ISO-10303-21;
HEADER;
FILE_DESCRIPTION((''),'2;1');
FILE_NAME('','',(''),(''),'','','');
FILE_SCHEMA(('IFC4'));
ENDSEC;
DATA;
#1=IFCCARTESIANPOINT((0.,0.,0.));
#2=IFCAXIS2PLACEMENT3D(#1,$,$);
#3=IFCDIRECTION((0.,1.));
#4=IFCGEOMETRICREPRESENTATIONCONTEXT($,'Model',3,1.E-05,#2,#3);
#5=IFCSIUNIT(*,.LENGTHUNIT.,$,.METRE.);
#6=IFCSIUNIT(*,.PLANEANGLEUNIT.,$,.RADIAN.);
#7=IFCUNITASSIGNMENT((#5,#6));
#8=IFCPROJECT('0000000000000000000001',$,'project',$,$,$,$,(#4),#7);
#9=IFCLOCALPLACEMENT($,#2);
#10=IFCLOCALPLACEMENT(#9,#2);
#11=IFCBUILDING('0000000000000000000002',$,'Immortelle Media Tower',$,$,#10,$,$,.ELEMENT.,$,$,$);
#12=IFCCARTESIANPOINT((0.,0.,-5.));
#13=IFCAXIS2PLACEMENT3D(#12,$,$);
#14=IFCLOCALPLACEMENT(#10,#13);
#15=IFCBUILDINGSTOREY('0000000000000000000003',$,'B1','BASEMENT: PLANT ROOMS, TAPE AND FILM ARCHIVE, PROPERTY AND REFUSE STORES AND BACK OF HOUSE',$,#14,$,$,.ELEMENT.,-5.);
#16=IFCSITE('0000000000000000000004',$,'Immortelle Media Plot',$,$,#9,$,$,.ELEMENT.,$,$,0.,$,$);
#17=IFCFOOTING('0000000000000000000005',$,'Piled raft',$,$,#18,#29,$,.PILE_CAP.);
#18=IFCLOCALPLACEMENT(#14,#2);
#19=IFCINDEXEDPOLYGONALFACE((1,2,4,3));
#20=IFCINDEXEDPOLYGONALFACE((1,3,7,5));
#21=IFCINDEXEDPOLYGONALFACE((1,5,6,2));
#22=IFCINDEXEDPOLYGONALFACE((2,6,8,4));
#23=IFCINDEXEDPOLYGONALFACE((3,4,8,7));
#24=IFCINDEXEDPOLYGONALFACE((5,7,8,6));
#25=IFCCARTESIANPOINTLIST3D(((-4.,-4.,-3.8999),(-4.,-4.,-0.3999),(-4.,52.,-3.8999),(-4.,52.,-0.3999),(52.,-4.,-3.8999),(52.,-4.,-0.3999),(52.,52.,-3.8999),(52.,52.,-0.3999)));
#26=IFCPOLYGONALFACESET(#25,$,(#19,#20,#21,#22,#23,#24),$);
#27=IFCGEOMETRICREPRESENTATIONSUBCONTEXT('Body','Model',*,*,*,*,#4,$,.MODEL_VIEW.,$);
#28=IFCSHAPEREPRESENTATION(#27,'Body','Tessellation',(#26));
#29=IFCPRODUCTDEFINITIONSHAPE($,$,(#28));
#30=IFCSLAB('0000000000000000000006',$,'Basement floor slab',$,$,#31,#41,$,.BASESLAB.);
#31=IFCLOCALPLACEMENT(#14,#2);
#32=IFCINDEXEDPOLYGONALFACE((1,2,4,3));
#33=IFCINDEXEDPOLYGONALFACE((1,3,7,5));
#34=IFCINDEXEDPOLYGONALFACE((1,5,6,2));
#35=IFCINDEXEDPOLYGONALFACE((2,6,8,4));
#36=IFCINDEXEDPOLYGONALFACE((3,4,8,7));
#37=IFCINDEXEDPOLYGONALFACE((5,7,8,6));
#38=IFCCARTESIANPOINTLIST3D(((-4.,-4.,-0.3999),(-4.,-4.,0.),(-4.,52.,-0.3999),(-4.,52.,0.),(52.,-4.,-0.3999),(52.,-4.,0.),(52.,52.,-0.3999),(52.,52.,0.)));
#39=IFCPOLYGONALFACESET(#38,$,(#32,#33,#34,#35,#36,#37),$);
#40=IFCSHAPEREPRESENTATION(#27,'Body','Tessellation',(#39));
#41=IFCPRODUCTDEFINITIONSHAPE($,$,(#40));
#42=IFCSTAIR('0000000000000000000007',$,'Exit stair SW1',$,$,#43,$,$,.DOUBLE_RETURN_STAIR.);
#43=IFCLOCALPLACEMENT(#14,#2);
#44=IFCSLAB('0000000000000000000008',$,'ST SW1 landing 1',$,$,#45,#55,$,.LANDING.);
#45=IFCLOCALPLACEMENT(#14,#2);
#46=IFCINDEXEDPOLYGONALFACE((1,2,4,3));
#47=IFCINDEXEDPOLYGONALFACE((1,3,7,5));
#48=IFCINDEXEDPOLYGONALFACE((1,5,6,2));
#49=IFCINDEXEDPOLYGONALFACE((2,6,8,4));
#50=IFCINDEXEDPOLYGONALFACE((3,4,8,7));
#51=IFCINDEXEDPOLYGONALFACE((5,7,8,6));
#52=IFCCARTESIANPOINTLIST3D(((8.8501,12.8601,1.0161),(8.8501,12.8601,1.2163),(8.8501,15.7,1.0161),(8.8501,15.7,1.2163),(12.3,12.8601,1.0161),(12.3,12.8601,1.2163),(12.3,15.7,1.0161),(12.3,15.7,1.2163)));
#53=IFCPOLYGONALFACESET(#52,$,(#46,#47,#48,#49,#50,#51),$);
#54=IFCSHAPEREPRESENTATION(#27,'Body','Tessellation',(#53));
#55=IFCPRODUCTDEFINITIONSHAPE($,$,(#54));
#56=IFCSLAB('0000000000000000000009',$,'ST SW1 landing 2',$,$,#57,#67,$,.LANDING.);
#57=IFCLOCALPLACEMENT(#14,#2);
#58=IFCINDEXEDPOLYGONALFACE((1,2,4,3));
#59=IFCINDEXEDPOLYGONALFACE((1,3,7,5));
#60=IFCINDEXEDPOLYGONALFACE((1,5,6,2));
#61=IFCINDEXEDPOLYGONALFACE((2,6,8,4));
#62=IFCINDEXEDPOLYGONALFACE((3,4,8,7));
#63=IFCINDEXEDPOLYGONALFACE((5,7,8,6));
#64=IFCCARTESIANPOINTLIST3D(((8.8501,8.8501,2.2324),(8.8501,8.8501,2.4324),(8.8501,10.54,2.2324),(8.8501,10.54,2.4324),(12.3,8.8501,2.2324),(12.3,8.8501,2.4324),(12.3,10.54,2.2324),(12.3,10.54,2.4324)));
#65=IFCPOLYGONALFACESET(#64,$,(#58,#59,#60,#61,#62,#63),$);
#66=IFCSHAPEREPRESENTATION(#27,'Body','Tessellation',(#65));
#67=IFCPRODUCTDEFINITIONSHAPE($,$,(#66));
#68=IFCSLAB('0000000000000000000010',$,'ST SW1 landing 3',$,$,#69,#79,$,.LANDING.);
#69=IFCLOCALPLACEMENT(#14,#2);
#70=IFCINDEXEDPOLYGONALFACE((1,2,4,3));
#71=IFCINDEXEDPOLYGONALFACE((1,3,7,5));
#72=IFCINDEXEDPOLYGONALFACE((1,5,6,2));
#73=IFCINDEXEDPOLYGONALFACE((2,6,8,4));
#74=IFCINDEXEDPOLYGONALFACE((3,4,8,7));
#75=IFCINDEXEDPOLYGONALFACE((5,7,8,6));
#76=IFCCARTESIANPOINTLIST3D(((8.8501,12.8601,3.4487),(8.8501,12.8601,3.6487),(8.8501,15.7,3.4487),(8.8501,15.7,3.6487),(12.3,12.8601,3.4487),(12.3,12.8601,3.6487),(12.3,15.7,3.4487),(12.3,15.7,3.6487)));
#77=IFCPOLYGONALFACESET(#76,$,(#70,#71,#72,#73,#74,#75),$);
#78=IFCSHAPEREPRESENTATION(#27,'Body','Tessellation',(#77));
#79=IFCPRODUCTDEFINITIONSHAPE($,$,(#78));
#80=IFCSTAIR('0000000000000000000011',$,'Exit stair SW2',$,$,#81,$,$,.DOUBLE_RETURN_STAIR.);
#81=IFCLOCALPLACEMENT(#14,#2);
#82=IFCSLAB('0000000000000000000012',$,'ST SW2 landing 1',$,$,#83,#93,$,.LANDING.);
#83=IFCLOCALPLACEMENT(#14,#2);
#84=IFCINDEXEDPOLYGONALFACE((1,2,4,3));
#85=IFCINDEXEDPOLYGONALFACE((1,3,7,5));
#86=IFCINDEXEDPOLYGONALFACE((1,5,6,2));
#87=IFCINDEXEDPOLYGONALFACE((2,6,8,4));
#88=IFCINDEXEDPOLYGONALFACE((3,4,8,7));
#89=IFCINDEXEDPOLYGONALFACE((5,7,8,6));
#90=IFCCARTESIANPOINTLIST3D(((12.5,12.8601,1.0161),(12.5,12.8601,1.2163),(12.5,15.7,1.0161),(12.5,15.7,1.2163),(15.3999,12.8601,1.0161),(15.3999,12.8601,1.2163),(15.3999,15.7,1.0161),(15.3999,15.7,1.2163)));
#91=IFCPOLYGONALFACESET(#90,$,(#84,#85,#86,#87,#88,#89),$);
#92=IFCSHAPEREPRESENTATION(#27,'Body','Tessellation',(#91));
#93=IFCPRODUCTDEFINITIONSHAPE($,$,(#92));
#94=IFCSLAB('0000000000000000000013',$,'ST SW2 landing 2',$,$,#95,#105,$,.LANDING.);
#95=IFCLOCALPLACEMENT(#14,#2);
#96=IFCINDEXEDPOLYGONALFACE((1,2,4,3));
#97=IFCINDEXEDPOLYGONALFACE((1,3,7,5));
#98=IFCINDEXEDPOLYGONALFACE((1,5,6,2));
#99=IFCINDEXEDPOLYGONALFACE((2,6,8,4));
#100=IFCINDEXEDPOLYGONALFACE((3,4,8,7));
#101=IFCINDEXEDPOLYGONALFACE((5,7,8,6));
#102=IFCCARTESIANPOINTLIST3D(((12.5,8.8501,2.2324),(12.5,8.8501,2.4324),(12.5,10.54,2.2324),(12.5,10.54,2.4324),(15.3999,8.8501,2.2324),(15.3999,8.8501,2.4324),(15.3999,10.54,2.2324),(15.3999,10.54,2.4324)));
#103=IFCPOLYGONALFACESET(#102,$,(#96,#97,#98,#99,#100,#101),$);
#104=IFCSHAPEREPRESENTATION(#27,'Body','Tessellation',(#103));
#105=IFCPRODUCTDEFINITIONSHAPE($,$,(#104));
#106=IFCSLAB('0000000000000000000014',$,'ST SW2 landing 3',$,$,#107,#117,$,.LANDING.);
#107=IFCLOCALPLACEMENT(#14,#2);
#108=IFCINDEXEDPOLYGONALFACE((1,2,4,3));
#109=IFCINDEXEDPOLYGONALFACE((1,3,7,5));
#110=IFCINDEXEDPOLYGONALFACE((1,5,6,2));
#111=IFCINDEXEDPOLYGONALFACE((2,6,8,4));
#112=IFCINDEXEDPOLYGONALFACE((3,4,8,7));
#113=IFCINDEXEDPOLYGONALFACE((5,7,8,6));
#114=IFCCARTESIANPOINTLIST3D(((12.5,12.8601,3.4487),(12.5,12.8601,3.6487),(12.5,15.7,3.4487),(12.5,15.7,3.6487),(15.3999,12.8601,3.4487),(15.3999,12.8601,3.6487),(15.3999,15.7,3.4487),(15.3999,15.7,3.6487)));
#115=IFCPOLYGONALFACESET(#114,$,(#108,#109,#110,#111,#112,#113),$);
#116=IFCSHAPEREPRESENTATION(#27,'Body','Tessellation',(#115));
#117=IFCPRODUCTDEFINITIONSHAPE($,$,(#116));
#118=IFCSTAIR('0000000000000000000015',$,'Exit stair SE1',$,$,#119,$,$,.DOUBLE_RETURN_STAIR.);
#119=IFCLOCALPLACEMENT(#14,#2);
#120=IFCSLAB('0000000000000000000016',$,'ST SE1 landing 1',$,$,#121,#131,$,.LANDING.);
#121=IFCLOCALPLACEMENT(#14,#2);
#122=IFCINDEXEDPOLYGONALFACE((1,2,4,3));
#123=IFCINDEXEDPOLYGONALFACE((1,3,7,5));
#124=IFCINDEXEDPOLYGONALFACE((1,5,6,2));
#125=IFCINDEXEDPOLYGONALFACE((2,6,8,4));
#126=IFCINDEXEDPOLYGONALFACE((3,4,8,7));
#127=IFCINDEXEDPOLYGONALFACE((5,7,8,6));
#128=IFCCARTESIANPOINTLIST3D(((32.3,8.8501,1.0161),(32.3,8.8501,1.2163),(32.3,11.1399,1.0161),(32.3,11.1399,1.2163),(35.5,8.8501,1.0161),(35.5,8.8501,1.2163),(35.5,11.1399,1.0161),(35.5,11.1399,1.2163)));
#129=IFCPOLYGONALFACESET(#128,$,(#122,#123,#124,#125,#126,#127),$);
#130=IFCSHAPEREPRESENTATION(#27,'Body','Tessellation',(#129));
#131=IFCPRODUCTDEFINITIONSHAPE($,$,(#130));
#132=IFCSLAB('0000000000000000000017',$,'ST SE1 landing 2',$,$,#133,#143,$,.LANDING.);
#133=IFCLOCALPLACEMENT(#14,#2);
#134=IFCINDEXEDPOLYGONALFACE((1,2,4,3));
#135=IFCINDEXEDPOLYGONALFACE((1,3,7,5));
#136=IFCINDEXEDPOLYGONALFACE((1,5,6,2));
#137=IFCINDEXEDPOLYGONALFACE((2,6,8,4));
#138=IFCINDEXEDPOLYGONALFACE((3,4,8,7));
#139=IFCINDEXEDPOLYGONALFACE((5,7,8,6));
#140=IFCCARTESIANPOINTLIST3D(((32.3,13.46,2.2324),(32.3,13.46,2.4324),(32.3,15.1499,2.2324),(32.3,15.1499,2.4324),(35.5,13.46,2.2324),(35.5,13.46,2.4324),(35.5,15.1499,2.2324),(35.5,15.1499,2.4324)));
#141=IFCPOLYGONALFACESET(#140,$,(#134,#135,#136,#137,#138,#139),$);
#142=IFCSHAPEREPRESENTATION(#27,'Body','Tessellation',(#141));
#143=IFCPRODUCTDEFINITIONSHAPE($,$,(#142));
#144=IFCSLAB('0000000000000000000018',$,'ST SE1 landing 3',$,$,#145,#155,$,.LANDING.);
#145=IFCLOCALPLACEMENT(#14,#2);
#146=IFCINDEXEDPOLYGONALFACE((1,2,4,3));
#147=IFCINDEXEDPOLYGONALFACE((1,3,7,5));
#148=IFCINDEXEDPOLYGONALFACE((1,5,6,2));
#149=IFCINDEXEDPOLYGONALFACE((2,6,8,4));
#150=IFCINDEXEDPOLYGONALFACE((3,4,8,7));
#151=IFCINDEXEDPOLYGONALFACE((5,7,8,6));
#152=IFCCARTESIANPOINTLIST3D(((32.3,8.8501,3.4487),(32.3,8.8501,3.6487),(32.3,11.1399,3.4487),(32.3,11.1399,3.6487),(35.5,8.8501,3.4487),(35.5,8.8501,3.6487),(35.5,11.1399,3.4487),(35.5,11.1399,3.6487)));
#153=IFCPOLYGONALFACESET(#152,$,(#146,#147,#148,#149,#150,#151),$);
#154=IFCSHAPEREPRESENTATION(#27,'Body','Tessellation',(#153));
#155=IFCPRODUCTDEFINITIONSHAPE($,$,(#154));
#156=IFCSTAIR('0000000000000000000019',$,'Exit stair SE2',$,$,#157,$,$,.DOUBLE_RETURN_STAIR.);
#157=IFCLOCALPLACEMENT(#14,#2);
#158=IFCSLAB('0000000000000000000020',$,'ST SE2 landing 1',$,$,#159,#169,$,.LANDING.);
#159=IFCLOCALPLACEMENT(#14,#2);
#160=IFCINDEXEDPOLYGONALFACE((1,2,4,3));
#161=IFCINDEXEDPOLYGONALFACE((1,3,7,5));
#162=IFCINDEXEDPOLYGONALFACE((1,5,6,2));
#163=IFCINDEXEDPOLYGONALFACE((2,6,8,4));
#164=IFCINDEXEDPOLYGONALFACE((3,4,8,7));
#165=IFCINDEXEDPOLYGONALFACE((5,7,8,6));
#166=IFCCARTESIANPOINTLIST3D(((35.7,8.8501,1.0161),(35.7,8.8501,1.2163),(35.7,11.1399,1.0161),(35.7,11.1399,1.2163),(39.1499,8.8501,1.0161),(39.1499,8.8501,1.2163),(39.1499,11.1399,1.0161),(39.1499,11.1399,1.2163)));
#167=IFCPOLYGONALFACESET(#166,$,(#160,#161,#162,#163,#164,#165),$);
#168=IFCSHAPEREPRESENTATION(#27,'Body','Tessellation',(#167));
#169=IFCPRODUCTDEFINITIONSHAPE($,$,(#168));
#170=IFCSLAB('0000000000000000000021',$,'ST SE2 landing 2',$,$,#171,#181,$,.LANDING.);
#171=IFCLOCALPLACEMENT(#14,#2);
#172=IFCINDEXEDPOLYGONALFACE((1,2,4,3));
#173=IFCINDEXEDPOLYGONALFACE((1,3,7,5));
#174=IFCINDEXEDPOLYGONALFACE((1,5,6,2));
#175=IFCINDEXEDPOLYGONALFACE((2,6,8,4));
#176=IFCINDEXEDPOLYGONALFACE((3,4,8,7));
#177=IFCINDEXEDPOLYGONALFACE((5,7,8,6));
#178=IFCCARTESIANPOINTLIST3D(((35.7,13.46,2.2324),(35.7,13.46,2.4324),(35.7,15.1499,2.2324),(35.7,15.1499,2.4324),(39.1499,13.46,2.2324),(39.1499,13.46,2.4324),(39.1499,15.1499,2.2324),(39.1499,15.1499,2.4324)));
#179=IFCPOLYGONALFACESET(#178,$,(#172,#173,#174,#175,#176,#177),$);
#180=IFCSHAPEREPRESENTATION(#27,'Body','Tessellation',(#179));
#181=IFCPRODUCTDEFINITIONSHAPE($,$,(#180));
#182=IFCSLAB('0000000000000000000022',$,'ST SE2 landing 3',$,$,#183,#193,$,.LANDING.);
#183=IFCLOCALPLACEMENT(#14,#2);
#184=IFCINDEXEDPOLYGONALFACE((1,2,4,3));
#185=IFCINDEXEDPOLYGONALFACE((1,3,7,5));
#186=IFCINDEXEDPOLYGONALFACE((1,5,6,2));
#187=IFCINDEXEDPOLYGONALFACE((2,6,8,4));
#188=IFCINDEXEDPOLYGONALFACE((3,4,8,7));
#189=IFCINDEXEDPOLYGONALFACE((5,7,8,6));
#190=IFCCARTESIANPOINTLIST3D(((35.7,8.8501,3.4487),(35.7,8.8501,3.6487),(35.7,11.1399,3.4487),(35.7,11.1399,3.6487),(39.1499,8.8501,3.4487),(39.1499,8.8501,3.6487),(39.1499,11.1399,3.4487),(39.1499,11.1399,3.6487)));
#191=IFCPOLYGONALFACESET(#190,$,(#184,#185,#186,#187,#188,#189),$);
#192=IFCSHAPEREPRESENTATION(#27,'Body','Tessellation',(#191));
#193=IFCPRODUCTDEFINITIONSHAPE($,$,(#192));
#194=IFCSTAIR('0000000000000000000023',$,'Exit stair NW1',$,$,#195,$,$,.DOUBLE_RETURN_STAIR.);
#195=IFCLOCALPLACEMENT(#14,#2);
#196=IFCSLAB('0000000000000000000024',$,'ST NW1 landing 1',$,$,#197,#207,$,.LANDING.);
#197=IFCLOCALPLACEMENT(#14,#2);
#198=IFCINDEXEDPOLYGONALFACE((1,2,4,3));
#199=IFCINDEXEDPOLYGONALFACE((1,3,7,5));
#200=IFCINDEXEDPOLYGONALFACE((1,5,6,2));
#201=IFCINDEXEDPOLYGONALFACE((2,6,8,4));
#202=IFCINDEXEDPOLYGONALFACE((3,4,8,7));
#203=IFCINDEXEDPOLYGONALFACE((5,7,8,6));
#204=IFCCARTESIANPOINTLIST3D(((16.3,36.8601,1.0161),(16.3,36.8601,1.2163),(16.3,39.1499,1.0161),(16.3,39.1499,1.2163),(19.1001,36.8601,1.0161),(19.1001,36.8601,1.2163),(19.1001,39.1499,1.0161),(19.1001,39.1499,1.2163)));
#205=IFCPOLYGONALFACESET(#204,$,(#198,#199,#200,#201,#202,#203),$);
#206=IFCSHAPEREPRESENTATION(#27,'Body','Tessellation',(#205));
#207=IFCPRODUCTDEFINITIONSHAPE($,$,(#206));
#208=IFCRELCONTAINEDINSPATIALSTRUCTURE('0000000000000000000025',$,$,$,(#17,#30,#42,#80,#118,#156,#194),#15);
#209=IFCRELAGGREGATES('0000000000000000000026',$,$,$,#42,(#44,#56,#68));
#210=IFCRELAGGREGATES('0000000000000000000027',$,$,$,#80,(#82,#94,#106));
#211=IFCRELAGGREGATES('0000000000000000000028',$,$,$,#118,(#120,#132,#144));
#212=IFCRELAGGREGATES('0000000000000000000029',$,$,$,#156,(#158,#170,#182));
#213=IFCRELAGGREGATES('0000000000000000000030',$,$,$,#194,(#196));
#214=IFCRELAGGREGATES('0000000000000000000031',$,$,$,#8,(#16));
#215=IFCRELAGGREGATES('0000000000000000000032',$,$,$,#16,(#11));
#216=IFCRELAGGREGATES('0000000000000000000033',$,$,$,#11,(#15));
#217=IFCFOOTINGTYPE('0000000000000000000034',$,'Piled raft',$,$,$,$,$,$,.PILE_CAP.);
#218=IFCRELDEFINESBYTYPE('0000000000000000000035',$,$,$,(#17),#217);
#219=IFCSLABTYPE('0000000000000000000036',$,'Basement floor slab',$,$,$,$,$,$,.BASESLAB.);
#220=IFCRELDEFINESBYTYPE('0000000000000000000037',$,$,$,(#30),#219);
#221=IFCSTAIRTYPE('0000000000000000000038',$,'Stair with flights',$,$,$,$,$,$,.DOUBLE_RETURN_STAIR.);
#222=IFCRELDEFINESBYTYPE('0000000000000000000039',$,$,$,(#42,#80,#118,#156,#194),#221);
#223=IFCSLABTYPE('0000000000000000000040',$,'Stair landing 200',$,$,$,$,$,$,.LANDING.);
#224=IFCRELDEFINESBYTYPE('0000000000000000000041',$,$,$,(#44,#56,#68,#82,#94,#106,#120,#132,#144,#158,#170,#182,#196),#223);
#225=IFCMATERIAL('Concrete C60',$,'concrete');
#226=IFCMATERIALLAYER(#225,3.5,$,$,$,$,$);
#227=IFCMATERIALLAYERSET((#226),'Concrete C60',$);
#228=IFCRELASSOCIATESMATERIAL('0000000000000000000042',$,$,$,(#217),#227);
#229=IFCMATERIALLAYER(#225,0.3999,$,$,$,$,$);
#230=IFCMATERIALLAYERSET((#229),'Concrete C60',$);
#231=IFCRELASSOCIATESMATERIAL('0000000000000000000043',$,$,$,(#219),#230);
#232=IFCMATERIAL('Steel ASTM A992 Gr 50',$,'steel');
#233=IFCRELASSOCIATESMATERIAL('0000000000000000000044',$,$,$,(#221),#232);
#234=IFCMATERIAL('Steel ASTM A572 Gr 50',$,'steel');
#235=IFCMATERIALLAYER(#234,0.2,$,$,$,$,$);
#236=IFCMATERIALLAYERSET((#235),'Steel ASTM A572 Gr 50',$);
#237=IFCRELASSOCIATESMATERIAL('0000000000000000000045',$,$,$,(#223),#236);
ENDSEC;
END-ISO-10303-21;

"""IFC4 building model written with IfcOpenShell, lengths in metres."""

from ifc_helpers import new_model, si_unit, direction, frame, origin, place, context, subcontext, project, spatial, polyline, outline, extrude, material, layer, layer_set, type_object, element, aggregate, save


model = new_model("IFC4")

# Units and contexts
model_context = context("Model", 3, precision=1e-05, world=origin(), true_north=direction((0.0, 1.0)))
body_context = subcontext(model_context, "Body", "Model", "MODEL_VIEW")
ifc_project = project(units=[si_unit("LENGTHUNIT", "METRE"), si_unit("PLANEANGLEUNIT", "RADIAN")], contexts=[model_context])

# Site, building, storey
site_placement = place(None, origin())
site = spatial("IfcSite", under=ifc_project, at=site_placement, Name="Immortelle Media Plot", CompositionType="ELEMENT", RefElevation=0.0)
building_placement = place(site_placement, origin())
building = spatial("IfcBuilding", under=site, at=building_placement, Name="Immortelle Media Tower", CompositionType="ELEMENT")
storey_placement = place(building_placement, frame((0.0, 0.0, -5.0)))
storey = spatial("IfcBuildingStorey", under=building, at=storey_placement, Name="B1", Description="BASEMENT: PLANT ROOMS, TAPE AND FILM ARCHIVE, PROPERTY AND REFUSE STORES AND BACK OF HOUSE", CompositionType="ELEMENT", Elevation=-5.0)

# Footing
ifc_material_1 = material(Name="Concrete C60", Category="concrete")
ifc_layer_1 = layer(ifc_material_1, 3.5)
ifc_layer_set_1 = layer_set([ifc_layer_1], Name="Concrete C60")
footing_type = type_object("IfcFootingType", Name="Piled raft", PredefinedType="PILE_CAP", material=ifc_layer_set_1)
footing_placement = place(storey_placement, frame((0.0, 0.0, -3.8999)))
element("IfcFooting", 1, at=footing_placement, inside=storey, type_object=footing_type, Name="Piled raft", PredefinedType="PILE_CAP", context=body_context, shape_type="SweptSolid", body=[
    extrude(outline(polyline([(52.0, -4.0), (52.0, 52.0), (-4.0, 52.0), (-4.0, -4.0), (52.0, -4.0)])), origin(), (0.0, 0.0, 1.0), 3.5),
])

# Slab
ifc_layer_2 = layer(ifc_material_1, 0.3999)
ifc_layer_set_2 = layer_set([ifc_layer_2], Name="Concrete C60")
slab_type_1 = type_object("IfcSlabType", Name="Basement floor slab", PredefinedType="BASESLAB", material=ifc_layer_set_2)
slab_1_placement = place(storey_placement, frame((0.0, 0.0, -0.3999)))
element("IfcSlab", 2, at=slab_1_placement, inside=storey, type_object=slab_type_1, Name="Basement floor slab", PredefinedType="BASESLAB", context=body_context, shape_type="SweptSolid", body=[
    extrude(outline(polyline([(52.0, -4.0), (52.0, 52.0), (-4.0, 52.0), (-4.0, -4.0), (52.0, -4.0)])), origin(), (0.0, 0.0, 1.0), 0.3999),
])

# Stairs, slabs
ifc_material_2 = material(Name="Steel ASTM A992 Gr 50", Category="steel")
stair_type = type_object("IfcStairType", Name="Stair with flights", PredefinedType="DOUBLE_RETURN_STAIR", material=ifc_material_2)
stair_1_placement = place(storey_placement, origin())
stair_1 = element("IfcStair", 3, at=stair_1_placement, inside=storey, type_object=stair_type, Name="Exit stair SW1", PredefinedType="DOUBLE_RETURN_STAIR")
ifc_material_3 = material(Name="Steel ASTM A572 Gr 50", Category="steel")
ifc_layer_3 = layer(ifc_material_3, 0.2)
ifc_layer_set_3 = layer_set([ifc_layer_3], Name="Steel ASTM A572 Gr 50")
slab_type_2 = type_object("IfcSlabType", Name="Stair landing 200", PredefinedType="LANDING", material=ifc_layer_set_3)
slab_2_placement = place(storey_placement, frame((0.0, 0.0, 1.0161)))
slab_2 = element("IfcSlab", 4, at=slab_2_placement, type_object=slab_type_2, Name="ST SW1 landing 1", PredefinedType="LANDING", context=body_context, shape_type="SweptSolid", body=[
    extrude(outline(polyline([(8.8501, 12.8601), (12.3, 12.8601), (12.3, 15.7), (8.8501, 15.7), (8.8501, 12.8601)])), origin(), (0.0, 0.0, 1.0), 0.2002),
])
slab_3_placement = place(storey_placement, frame((0.0, 0.0, 2.2324)))
slab_3 = element("IfcSlab", 5, at=slab_3_placement, type_object=slab_type_2, Name="ST SW1 landing 2", PredefinedType="LANDING", context=body_context, shape_type="SweptSolid", body=[
    extrude(outline(polyline([(8.8501, 8.8501), (12.3, 8.8501), (12.3, 10.54), (8.8501, 10.54), (8.8501, 8.8501)])), origin(), (0.0, 0.0, 1.0), 0.2),
])
slab_4_placement = place(storey_placement, frame((0.0, 0.0, 3.4487)))
slab_4 = element("IfcSlab", 6, at=slab_4_placement, type_object=slab_type_2, Name="ST SW1 landing 3", PredefinedType="LANDING", context=body_context, shape_type="SweptSolid", body=[
    extrude(outline(polyline([(8.8501, 12.8601), (12.3, 12.8601), (12.3, 15.7), (8.8501, 15.7), (8.8501, 12.8601)])), origin(), (0.0, 0.0, 1.0), 0.2),
])
aggregate(stair_1, [slab_2, slab_3, slab_4])
stair_2_placement = place(storey_placement, origin())
stair_2 = element("IfcStair", 7, at=stair_2_placement, inside=storey, type_object=stair_type, Name="Exit stair SW2", PredefinedType="DOUBLE_RETURN_STAIR")
slab_5_placement = place(storey_placement, frame((0.0, 0.0, 1.0161)))
slab_5 = element("IfcSlab", 8, at=slab_5_placement, type_object=slab_type_2, Name="ST SW2 landing 1", PredefinedType="LANDING", context=body_context, shape_type="SweptSolid", body=[
    extrude(outline(polyline([(12.5, 12.8601), (15.3999, 12.8601), (15.3999, 15.7), (12.5, 15.7), (12.5, 12.8601)])), origin(), (0.0, 0.0, 1.0), 0.2002),
])
slab_6_placement = place(storey_placement, frame((0.0, 0.0, 2.2324)))
slab_6 = element("IfcSlab", 9, at=slab_6_placement, type_object=slab_type_2, Name="ST SW2 landing 2", PredefinedType="LANDING", context=body_context, shape_type="SweptSolid", body=[
    extrude(outline(polyline([(12.5, 8.8501), (15.3999, 8.8501), (15.3999, 10.54), (12.5, 10.54), (12.5, 8.8501)])), origin(), (0.0, 0.0, 1.0), 0.2),
])
slab_7_placement = place(storey_placement, frame((0.0, 0.0, 3.4487)))
slab_7 = element("IfcSlab", 10, at=slab_7_placement, type_object=slab_type_2, Name="ST SW2 landing 3", PredefinedType="LANDING", context=body_context, shape_type="SweptSolid", body=[
    extrude(outline(polyline([(12.5, 12.8601), (15.3999, 12.8601), (15.3999, 15.7), (12.5, 15.7), (12.5, 12.8601)])), origin(), (0.0, 0.0, 1.0), 0.2),
])
aggregate(stair_2, [slab_5, slab_6, slab_7])
stair_3_placement = place(storey_placement, origin())
stair_3 = element("IfcStair", 11, at=stair_3_placement, inside=storey, type_object=stair_type, Name="Exit stair SE1", PredefinedType="DOUBLE_RETURN_STAIR")
slab_8_placement = place(storey_placement, frame((0.0, 0.0, 1.0161)))
slab_8 = element("IfcSlab", 12, at=slab_8_placement, type_object=slab_type_2, Name="ST SE1 landing 1", PredefinedType="LANDING", context=body_context, shape_type="SweptSolid", body=[
    extrude(outline(polyline([(32.3, 8.8501), (35.5, 8.8501), (35.5, 11.1399), (32.3, 11.1399), (32.3, 8.8501)])), origin(), (0.0, 0.0, 1.0), 0.2002),
])
slab_9_placement = place(storey_placement, frame((0.0, 0.0, 2.2324)))
slab_9 = element("IfcSlab", 13, at=slab_9_placement, type_object=slab_type_2, Name="ST SE1 landing 2", PredefinedType="LANDING", context=body_context, shape_type="SweptSolid", body=[
    extrude(outline(polyline([(32.3, 13.46), (35.5, 13.46), (35.5, 15.1499), (32.3, 15.1499), (32.3, 13.46)])), origin(), (0.0, 0.0, 1.0), 0.2),
])
slab_10_placement = place(storey_placement, frame((0.0, 0.0, 3.4487)))
slab_10 = element("IfcSlab", 14, at=slab_10_placement, type_object=slab_type_2, Name="ST SE1 landing 3", PredefinedType="LANDING", context=body_context, shape_type="SweptSolid", body=[
    extrude(outline(polyline([(32.3, 8.8501), (35.5, 8.8501), (35.5, 11.1399), (32.3, 11.1399), (32.3, 8.8501)])), origin(), (0.0, 0.0, 1.0), 0.2),
])
aggregate(stair_3, [slab_8, slab_9, slab_10])
stair_4_placement = place(storey_placement, origin())
stair_4 = element("IfcStair", 15, at=stair_4_placement, inside=storey, type_object=stair_type, Name="Exit stair SE2", PredefinedType="DOUBLE_RETURN_STAIR")
slab_11_placement = place(storey_placement, frame((0.0, 0.0, 1.0161)))
slab_11 = element("IfcSlab", 16, at=slab_11_placement, type_object=slab_type_2, Name="ST SE2 landing 1", PredefinedType="LANDING", context=body_context, shape_type="SweptSolid", body=[
    extrude(outline(polyline([(35.7, 8.8501), (39.1499, 8.8501), (39.1499, 11.1399), (35.7, 11.1399), (35.7, 8.8501)])), origin(), (0.0, 0.0, 1.0), 0.2002),
])
slab_12_placement = place(storey_placement, frame((0.0, 0.0, 2.2324)))
slab_12 = element("IfcSlab", 17, at=slab_12_placement, type_object=slab_type_2, Name="ST SE2 landing 2", PredefinedType="LANDING", context=body_context, shape_type="SweptSolid", body=[
    extrude(outline(polyline([(35.7, 13.46), (39.1499, 13.46), (39.1499, 15.1499), (35.7, 15.1499), (35.7, 13.46)])), origin(), (0.0, 0.0, 1.0), 0.2),
])
slab_13_placement = place(storey_placement, frame((0.0, 0.0, 3.4487)))
slab_13 = element("IfcSlab", 18, at=slab_13_placement, type_object=slab_type_2, Name="ST SE2 landing 3", PredefinedType="LANDING", context=body_context, shape_type="SweptSolid", body=[
    extrude(outline(polyline([(35.7, 8.8501), (39.1499, 8.8501), (39.1499, 11.1399), (35.7, 11.1399), (35.7, 8.8501)])), origin(), (0.0, 0.0, 1.0), 0.2),
])
aggregate(stair_4, [slab_11, slab_12, slab_13])
stair_5_placement = place(storey_placement, origin())
stair_5 = element("IfcStair", 19, at=stair_5_placement, inside=storey, type_object=stair_type, Name="Exit stair NW1", PredefinedType="DOUBLE_RETURN_STAIR")
slab_14_placement = place(storey_placement, frame((0.0, 0.0, 1.0161)))
slab_14 = element("IfcSlab", 20, at=slab_14_placement, type_object=slab_type_2, Name="ST NW1 landing 1", PredefinedType="LANDING", context=body_context, shape_type="SweptSolid", body=[
    extrude(outline(polyline([(16.3, 36.8601), (19.1001, 36.8601), (19.1001, 39.1499), (16.3, 39.1499), (16.3, 36.8601)])), origin(), (0.0, 0.0, 1.0), 0.2002),
])
aggregate(stair_5, [slab_14])

save(model, "model.ifc")
